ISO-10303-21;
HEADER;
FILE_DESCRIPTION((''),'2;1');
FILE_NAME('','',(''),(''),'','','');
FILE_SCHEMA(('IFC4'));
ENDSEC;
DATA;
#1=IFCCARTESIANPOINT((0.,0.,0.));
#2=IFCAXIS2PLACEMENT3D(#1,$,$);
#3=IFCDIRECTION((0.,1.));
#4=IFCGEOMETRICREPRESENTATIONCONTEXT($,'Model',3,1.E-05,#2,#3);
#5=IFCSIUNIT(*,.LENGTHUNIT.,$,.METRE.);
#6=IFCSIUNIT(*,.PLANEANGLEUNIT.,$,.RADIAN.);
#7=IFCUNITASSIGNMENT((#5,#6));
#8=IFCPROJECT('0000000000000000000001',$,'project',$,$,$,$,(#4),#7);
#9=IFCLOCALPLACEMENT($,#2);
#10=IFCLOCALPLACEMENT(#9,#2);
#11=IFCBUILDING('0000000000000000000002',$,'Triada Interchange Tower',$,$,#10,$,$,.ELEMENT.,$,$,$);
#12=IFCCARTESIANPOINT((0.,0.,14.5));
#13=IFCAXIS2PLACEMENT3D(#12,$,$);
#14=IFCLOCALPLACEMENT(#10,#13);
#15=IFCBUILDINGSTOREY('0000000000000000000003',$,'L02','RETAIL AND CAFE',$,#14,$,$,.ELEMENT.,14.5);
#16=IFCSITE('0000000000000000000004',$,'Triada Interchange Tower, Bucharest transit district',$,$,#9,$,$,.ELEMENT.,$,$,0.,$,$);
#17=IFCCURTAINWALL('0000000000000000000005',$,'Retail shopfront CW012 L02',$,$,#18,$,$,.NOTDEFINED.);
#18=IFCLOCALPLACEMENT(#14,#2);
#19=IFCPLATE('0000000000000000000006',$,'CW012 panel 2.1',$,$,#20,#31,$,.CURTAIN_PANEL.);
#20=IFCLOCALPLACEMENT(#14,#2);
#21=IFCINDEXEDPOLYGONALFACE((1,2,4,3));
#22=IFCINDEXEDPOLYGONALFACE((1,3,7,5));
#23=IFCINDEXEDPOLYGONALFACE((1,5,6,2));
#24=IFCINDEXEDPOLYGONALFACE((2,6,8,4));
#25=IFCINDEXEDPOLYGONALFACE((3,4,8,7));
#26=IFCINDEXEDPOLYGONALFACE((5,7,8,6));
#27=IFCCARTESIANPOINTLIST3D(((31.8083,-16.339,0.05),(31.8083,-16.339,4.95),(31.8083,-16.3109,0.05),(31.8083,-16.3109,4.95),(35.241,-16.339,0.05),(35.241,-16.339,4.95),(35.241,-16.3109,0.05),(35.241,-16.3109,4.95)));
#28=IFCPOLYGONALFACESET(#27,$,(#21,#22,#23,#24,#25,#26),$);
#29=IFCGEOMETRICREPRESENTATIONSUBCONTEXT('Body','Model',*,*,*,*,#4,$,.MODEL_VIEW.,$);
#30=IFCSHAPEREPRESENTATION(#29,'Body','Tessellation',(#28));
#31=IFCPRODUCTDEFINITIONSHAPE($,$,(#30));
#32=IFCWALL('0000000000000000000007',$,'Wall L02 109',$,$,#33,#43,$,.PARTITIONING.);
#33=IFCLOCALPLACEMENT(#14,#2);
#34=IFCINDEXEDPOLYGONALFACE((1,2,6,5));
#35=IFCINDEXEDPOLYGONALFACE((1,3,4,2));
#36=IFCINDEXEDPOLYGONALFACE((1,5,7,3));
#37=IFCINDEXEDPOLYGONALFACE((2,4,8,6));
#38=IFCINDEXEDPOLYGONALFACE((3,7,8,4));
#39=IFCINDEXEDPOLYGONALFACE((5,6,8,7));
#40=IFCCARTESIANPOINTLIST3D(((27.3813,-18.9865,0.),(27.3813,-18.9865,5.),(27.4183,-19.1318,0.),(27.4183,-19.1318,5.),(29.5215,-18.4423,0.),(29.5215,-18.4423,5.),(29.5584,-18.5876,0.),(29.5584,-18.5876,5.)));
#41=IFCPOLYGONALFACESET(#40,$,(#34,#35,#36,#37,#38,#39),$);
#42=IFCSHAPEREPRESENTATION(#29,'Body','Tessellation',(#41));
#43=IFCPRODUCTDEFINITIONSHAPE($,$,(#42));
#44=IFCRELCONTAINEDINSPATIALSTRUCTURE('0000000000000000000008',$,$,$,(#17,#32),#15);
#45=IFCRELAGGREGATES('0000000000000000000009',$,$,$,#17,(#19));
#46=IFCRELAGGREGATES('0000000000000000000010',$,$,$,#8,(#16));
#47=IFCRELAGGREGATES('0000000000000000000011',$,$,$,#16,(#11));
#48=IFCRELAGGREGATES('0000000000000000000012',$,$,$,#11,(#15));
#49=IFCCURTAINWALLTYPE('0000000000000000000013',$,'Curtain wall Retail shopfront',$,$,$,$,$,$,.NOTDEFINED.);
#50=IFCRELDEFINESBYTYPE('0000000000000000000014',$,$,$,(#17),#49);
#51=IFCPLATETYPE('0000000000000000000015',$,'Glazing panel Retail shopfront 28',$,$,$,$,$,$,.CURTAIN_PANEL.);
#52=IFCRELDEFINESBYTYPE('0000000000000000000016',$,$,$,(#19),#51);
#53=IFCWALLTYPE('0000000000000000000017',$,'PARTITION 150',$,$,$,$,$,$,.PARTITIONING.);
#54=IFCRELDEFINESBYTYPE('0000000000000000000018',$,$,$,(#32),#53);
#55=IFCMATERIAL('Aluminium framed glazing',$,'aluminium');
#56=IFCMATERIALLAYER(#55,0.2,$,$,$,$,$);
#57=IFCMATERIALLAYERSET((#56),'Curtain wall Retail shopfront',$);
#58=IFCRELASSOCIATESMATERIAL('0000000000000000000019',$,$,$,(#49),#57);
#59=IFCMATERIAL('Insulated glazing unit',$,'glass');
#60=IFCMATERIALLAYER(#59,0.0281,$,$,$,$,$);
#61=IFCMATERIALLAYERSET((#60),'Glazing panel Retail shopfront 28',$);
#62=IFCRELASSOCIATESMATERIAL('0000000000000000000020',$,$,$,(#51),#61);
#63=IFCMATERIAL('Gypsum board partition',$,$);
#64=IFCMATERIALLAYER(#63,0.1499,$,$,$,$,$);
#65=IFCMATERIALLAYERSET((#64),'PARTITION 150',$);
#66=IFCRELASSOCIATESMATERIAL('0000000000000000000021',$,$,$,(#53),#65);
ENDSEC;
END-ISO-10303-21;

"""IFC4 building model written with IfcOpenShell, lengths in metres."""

from ifc_helpers import new_model, si_unit, direction, frame, frame_2d, origin, origin_2d, place, context, subcontext, project, spatial, rectangle, extrude, material, layer, layer_set, type_object, element, aggregate, save


model = new_model("IFC4")

# Units and contexts
model_context = context("Model", 3, precision=1e-05, world=origin(), true_north=direction((0.0, 1.0)))
body_context = subcontext(model_context, "Body", "Model", "MODEL_VIEW")
ifc_project = project(units=[si_unit("LENGTHUNIT", "METRE"), si_unit("PLANEANGLEUNIT", "RADIAN")], contexts=[model_context])

# Site, building, storey
site_placement = place(None, origin())
site = spatial("IfcSite", under=ifc_project, at=site_placement, Name="Triada Interchange Tower, Bucharest transit district", CompositionType="ELEMENT", RefElevation=0.0)
building_placement = place(site_placement, origin())
building = spatial("IfcBuilding", under=site, at=building_placement, Name="Triada Interchange Tower", CompositionType="ELEMENT")
storey_placement = place(building_placement, frame((0.0, 0.0, 14.5)))
storey = spatial("IfcBuildingStorey", under=building, at=storey_placement, Name="L02", Description="RETAIL AND CAFE", CompositionType="ELEMENT", Elevation=14.5)

# Curtain wall
ifc_material_1 = material(Name="Aluminium framed glazing", Category="aluminium")
ifc_layer_1 = layer(ifc_material_1, 0.2)
ifc_layer_set_1 = layer_set([ifc_layer_1], Name="Curtain wall Retail shopfront")
curtain_wall_type = type_object("IfcCurtainWallType", Name="Curtain wall Retail shopfront", PredefinedType="NOTDEFINED", material=ifc_layer_set_1)
curtain_wall_1_placement = place(storey_placement, origin())
curtain_wall_1 = element("IfcCurtainWall", 1, at=curtain_wall_1_placement, inside=storey, type_object=curtain_wall_type, Name="Retail shopfront CW012 L02", PredefinedType="NOTDEFINED")

# Plate
ifc_material_2 = material(Name="Insulated glazing unit", Category="glass")
ifc_layer_2 = layer(ifc_material_2, 0.0281)
ifc_layer_set_2 = layer_set([ifc_layer_2], Name="Glazing panel Retail shopfront 28")
plate_type = type_object("IfcPlateType", Name="Glazing panel Retail shopfront 28", PredefinedType="CURTAIN_PANEL", material=ifc_layer_set_2)
plate_1_placement = place(storey_placement, frame((33.5247, -16.325, 0.05), z_axis=(0.0, 0.0, 1.0), x_axis=(1.0, 0.0, 0.0)))
plate_1 = element("IfcPlate", 2, at=plate_1_placement, type_object=plate_type, Name="CW012 panel 2.1", PredefinedType="CURTAIN_PANEL", context=body_context, shape_type="SweptSolid", body=[
    extrude(rectangle(XDim=3.4326, YDim=0.0281, at=origin_2d()), origin(), (0.0, 0.0, 1.0), 4.8999),
])
aggregate(curtain_wall_1, [plate_1])

# Wall
ifc_material_3 = material(Name="Gypsum board partition")
ifc_layer_3 = layer(ifc_material_3, 0.1499)
ifc_layer_set_3 = layer_set([ifc_layer_3], Name="PARTITION 150")
wall_type = type_object("IfcWallType", Name="PARTITION 150", PredefinedType="PARTITIONING", material=ifc_layer_set_3)
wall_placement = place(storey_placement, frame((27.3999, -19.0591, 0.0), z_axis=(0.0, 0.0, 1.0), x_axis=(0.969159, 0.246436, 0.0)))
element("IfcWall", 3, at=wall_placement, inside=storey, type_object=wall_type, Name="Wall L02 109", PredefinedType="PARTITIONING", context=body_context, shape_type="SweptSolid", body=[
    extrude(rectangle(XDim=2.2083, YDim=0.1499, at=frame_2d((1.104, 0.0))), origin(), (0.0, 0.0, 1.0), 5.0),
])

save(model, "model.ifc")
